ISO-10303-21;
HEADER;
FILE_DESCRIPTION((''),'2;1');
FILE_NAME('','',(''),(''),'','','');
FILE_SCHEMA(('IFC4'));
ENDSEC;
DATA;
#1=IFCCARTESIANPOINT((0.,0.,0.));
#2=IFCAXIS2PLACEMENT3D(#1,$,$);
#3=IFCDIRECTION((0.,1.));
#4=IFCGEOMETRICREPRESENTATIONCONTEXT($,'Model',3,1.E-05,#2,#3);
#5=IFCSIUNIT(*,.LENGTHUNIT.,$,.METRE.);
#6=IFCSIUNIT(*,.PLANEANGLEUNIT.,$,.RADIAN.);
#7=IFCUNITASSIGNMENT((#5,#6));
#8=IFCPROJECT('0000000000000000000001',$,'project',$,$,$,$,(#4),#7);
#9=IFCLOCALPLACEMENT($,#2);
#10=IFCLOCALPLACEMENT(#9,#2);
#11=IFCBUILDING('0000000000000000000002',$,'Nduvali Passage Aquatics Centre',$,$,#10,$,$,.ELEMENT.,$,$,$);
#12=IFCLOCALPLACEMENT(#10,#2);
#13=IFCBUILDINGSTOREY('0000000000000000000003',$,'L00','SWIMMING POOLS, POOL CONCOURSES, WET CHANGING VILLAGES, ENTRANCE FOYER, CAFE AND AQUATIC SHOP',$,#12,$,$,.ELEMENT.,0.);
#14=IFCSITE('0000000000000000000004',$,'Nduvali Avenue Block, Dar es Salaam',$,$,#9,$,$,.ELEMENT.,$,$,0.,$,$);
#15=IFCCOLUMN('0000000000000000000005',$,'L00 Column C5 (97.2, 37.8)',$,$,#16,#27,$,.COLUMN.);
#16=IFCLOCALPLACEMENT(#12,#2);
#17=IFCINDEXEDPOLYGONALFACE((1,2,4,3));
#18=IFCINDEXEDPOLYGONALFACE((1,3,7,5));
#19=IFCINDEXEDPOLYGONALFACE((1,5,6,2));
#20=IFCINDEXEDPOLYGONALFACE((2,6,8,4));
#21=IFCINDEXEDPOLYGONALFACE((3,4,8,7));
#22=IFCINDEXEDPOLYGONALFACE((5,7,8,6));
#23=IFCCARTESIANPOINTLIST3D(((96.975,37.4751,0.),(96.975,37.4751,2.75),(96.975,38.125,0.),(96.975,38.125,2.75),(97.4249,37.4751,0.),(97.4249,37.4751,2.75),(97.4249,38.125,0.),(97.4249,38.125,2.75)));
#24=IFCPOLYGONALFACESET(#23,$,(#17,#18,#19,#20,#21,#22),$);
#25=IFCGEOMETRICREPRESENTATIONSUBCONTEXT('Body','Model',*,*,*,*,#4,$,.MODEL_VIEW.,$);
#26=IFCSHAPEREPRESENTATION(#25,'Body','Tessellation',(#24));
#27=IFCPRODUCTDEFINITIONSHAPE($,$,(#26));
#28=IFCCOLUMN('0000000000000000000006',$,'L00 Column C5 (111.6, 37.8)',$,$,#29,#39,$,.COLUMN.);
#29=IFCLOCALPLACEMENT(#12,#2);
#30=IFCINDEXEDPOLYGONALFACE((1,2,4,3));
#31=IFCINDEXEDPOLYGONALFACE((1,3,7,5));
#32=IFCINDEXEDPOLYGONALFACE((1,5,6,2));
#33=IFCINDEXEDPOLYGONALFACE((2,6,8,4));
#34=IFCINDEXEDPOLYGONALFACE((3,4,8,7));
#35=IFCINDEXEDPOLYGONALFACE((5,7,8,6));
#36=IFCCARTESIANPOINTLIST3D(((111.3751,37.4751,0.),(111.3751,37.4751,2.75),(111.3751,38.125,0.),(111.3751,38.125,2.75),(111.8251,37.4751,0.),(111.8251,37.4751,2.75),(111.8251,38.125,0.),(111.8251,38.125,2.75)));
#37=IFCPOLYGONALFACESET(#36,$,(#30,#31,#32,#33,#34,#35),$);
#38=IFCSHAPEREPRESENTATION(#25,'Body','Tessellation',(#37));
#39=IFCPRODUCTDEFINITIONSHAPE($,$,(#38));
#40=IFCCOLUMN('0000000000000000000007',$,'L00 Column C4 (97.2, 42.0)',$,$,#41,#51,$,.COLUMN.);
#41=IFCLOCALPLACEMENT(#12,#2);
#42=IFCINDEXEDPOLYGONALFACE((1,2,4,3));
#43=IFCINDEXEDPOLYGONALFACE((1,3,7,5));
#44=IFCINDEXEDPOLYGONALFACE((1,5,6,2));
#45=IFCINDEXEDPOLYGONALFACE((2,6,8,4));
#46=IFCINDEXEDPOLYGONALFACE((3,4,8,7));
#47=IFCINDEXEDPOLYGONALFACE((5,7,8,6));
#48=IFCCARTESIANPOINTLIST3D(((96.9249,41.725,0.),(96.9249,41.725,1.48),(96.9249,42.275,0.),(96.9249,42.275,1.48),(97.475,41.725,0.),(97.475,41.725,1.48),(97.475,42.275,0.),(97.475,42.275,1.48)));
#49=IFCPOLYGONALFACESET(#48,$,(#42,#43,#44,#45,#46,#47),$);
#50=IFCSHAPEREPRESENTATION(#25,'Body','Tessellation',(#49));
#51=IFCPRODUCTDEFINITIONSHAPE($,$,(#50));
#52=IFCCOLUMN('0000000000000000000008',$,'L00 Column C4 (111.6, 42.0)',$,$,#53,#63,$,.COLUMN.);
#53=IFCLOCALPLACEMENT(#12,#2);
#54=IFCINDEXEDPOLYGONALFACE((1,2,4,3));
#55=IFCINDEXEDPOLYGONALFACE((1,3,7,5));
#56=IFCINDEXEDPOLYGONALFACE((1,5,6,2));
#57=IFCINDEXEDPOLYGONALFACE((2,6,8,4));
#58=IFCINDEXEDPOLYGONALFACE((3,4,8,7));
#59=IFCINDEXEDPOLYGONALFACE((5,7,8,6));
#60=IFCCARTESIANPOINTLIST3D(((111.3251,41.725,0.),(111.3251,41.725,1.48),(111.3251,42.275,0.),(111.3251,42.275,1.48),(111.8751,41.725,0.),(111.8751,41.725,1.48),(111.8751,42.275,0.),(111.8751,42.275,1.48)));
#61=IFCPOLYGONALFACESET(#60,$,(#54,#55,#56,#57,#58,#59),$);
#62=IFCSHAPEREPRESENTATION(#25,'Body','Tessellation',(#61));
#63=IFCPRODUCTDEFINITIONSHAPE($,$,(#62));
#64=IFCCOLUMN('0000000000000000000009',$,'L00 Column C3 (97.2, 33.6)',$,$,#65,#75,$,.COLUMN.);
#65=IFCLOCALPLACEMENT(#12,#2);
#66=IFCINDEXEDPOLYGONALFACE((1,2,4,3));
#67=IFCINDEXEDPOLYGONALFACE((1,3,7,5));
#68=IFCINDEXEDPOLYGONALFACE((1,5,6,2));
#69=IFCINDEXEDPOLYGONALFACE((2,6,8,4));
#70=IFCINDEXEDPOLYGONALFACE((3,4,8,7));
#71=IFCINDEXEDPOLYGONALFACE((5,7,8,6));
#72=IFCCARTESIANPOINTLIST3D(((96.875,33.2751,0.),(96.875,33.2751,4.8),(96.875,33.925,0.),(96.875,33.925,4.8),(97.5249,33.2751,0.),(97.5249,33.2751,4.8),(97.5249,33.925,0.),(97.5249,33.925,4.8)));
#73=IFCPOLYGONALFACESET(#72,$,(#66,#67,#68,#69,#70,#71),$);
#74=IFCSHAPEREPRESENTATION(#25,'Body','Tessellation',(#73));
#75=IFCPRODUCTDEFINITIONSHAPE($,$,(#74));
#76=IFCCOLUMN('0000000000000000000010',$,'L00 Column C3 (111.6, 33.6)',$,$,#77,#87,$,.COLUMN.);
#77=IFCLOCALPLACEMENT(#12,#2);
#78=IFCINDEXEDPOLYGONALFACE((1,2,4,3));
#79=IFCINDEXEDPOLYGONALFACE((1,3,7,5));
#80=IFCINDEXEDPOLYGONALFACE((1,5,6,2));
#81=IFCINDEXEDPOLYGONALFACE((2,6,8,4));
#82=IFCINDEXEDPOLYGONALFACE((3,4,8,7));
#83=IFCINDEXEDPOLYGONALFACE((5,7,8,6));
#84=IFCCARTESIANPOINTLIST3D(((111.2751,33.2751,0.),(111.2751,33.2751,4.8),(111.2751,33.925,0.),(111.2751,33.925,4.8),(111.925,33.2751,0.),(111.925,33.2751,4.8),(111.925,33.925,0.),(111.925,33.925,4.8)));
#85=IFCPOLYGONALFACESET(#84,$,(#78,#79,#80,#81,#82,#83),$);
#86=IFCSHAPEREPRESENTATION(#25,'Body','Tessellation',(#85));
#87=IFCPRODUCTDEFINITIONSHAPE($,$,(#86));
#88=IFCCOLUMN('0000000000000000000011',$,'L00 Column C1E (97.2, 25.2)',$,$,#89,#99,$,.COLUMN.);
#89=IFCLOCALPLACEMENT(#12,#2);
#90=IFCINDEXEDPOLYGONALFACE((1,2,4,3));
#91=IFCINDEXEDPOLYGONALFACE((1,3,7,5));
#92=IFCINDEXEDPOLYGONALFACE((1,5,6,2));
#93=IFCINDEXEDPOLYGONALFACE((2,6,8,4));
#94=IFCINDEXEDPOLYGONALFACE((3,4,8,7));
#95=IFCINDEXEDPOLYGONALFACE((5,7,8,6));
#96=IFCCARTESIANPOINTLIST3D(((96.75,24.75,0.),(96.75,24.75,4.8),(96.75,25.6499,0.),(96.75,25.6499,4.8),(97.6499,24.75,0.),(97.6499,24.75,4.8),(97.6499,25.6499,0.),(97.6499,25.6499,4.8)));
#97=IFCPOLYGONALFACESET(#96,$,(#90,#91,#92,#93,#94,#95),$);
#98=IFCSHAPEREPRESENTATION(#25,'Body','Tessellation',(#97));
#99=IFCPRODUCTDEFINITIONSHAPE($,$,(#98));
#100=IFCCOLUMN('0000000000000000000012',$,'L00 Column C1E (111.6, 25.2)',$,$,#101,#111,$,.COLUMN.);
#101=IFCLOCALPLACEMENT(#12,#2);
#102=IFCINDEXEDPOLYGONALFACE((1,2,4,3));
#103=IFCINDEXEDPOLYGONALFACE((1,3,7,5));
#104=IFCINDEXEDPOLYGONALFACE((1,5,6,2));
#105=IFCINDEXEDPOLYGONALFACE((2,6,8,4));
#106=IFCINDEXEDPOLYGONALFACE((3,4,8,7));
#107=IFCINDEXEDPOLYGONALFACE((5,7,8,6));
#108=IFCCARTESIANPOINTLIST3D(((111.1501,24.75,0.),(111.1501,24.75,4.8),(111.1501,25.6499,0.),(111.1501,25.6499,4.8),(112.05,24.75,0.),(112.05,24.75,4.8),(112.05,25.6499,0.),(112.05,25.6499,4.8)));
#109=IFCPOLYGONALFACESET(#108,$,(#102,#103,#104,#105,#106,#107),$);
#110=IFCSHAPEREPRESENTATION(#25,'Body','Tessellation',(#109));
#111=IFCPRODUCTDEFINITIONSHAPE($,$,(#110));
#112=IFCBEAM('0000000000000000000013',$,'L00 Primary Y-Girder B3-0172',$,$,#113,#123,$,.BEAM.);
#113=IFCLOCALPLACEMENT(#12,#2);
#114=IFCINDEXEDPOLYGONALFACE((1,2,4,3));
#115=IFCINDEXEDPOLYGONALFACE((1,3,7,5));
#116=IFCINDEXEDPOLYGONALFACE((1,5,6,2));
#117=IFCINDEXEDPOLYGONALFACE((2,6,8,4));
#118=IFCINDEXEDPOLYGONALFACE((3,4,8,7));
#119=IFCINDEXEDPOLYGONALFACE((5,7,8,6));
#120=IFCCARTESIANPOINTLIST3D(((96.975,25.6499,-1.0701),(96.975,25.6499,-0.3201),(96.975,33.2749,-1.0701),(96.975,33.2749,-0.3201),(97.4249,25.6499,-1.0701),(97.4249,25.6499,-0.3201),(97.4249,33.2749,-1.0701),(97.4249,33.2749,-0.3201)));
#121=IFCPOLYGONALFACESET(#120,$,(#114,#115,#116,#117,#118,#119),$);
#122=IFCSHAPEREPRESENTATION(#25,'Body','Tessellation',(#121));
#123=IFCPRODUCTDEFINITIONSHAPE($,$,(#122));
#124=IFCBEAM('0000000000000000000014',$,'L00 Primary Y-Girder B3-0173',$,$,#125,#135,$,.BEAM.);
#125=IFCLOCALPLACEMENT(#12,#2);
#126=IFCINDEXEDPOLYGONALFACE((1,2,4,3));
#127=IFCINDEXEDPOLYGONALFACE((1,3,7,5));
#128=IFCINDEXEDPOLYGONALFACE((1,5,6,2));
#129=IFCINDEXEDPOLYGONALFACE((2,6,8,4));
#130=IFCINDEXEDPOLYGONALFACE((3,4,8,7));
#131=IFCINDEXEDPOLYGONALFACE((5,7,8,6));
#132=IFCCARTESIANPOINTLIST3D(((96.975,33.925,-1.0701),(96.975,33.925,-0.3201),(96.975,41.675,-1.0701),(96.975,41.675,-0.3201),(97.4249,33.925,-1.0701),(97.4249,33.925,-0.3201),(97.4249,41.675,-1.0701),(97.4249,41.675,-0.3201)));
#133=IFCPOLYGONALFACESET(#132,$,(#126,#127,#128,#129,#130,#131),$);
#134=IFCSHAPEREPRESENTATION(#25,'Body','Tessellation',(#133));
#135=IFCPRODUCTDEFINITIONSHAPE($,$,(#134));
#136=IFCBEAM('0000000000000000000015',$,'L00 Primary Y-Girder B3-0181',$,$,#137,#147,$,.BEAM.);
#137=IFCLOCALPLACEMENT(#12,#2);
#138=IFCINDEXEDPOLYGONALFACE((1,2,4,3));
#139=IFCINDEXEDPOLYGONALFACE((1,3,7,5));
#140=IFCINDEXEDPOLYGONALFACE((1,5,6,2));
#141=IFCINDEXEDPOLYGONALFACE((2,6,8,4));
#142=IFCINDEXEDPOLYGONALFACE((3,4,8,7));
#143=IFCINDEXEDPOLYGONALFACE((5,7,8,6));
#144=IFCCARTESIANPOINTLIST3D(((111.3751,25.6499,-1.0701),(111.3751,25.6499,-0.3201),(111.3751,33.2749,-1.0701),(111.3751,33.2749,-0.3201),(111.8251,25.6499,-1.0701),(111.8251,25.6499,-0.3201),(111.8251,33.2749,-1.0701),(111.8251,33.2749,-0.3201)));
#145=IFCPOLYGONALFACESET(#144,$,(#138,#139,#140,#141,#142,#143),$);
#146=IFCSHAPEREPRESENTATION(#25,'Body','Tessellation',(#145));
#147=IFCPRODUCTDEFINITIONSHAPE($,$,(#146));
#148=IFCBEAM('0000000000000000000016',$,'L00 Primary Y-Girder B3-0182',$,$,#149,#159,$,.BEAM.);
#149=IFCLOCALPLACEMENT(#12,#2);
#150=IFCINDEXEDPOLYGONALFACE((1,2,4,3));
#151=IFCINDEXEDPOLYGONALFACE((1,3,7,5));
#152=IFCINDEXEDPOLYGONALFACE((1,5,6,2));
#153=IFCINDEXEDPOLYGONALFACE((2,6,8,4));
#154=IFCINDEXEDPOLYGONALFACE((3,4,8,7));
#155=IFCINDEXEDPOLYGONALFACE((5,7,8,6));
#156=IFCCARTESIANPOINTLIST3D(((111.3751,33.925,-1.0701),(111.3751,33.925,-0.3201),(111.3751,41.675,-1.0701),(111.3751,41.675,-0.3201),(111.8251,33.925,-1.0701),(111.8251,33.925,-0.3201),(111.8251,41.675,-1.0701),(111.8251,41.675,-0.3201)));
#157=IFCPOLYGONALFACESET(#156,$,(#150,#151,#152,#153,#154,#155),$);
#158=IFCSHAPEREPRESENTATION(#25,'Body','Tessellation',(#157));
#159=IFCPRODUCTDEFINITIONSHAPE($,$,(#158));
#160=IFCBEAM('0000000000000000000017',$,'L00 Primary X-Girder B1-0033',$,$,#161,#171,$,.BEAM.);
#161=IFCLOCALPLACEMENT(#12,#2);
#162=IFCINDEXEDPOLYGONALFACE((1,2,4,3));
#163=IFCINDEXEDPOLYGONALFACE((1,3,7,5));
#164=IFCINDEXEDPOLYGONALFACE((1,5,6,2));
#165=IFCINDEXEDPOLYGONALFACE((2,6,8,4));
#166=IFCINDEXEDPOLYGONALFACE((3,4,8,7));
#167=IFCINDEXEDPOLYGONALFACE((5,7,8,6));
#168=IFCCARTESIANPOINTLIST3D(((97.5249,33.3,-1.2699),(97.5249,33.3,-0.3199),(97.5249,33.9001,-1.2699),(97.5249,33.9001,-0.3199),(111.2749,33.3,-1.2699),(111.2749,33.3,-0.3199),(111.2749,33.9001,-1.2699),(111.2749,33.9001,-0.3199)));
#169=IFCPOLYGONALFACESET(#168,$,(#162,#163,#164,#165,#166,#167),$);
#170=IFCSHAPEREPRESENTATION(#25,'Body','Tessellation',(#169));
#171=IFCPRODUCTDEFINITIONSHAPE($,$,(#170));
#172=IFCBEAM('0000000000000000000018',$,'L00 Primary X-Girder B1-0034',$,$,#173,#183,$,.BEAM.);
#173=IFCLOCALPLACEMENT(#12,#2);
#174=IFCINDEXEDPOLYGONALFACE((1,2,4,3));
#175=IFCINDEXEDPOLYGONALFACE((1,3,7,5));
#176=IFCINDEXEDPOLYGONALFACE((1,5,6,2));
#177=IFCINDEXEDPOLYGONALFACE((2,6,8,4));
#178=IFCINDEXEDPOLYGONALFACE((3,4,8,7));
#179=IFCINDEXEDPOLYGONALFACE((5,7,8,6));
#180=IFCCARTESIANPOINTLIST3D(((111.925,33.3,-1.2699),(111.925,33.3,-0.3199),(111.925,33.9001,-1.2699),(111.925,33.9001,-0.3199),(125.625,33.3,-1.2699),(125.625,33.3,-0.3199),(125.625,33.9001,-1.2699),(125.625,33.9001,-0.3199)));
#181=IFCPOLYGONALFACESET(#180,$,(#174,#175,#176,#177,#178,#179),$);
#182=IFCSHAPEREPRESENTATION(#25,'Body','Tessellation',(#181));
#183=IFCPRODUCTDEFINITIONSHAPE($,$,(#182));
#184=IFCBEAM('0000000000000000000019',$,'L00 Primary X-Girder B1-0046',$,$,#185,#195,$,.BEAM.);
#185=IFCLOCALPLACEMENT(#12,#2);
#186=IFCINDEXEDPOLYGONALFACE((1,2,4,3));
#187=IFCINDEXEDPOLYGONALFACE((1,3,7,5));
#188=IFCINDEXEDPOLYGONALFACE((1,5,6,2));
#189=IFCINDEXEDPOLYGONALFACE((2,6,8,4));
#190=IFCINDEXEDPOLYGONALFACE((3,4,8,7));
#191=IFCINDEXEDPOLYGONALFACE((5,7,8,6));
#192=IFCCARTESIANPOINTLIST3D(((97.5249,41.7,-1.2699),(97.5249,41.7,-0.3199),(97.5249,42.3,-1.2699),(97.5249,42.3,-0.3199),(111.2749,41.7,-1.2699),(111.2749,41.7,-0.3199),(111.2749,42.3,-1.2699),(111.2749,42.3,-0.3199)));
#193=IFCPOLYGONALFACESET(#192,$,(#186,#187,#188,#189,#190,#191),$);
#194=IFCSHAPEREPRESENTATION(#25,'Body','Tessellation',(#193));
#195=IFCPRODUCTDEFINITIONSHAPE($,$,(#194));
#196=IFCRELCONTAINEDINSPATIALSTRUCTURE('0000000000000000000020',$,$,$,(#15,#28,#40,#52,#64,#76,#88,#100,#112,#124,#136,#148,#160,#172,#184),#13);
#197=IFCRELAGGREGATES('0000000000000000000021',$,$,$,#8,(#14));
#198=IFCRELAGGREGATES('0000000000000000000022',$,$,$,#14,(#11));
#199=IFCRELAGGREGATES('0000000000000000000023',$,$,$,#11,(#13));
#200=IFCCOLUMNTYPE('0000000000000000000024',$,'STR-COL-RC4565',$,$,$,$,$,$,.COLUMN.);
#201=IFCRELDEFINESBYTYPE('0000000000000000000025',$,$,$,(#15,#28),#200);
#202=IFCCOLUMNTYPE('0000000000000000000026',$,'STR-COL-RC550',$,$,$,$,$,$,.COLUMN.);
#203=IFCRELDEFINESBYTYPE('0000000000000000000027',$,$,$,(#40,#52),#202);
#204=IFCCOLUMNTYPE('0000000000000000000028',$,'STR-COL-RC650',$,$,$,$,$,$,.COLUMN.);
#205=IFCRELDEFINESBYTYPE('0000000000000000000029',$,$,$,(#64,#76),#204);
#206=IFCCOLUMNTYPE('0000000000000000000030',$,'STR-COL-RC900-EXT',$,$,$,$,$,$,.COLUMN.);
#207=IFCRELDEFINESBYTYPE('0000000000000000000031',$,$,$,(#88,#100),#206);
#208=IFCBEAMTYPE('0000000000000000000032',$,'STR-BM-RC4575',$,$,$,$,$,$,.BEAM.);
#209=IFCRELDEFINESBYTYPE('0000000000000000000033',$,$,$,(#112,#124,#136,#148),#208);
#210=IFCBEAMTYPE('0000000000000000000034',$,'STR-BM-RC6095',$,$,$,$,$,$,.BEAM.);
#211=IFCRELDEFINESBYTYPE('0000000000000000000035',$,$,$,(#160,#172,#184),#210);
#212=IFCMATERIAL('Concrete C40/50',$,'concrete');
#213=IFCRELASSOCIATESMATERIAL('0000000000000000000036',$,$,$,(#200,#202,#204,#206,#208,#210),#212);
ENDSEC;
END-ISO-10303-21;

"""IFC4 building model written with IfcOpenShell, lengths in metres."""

from ifc_helpers import new_model, si_unit, direction, frame, origin, origin_2d, place, context, subcontext, project, spatial, rectangle, extrude, material, material_profile, profile_set, type_object, element, save


model = new_model("IFC4")

# Units and contexts
model_context = context("Model", 3, precision=1e-05, world=origin(), true_north=direction((0.0, 1.0)))
body_context = subcontext(model_context, "Body", "Model", "MODEL_VIEW")
ifc_project = project(units=[si_unit("LENGTHUNIT", "METRE"), si_unit("PLANEANGLEUNIT", "RADIAN")], contexts=[model_context])

# Site, building, storey
site_placement = place(None, origin())
site = spatial("IfcSite", under=ifc_project, at=site_placement, Name="Nduvali Avenue Block, Dar es Salaam", CompositionType="ELEMENT", RefElevation=0.0)
building_placement = place(site_placement, origin())
building = spatial("IfcBuilding", under=site, at=building_placement, Name="Nduvali Passage Aquatics Centre", CompositionType="ELEMENT")
storey_placement = place(building_placement, origin())
storey = spatial("IfcBuildingStorey", under=building, at=storey_placement, Name="L00", Description="SWIMMING POOLS, POOL CONCOURSES, WET CHANGING VILLAGES, ENTRANCE FOYER, CAFE AND AQUATIC SHOP", CompositionType="ELEMENT", Elevation=0.0)

# Columns
ifc_material_1 = material(Name="Concrete C40/50", Category="concrete")
ifc_material_profile_1 = material_profile(ifc_material_1, rectangle(XDim=0.45, YDim=0.6499, at=origin_2d()), Name="RC 450x650")
ifc_profile_set_1 = profile_set([ifc_material_profile_1], Name="Concrete C40/50")
column_type_1 = type_object("IfcColumnType", Name="STR-COL-RC4565", PredefinedType="COLUMN", material=ifc_profile_set_1)
for number, where, z_axis, x_axis, name in (
    (1, (97.2, 37.8, 0.0), (0.0, 0.0, 1.0), (1.0, 0.0, 0.0), "L00 Column C5 (97.2, 37.8)"),
    (2, (111.6001, 37.8, 0.0), (0.0, 0.0, 1.0), (1.0, 0.0, 0.0), "L00 Column C5 (111.6, 37.8)"),
):
    element("IfcColumn", number, at=place(storey_placement, frame(where, z_axis=z_axis, x_axis=x_axis)), inside=storey, type_object=column_type_1, Name=name, PredefinedType="COLUMN", context=body_context, shape_type="SweptSolid", body=[
        extrude(rectangle(XDim=0.45, YDim=0.6499, at=origin_2d()), origin(), (0.0, 0.0, 1.0), 2.75),
    ])
ifc_material_profile_2 = material_profile(ifc_material_1, rectangle(XDim=0.55, YDim=0.55, at=origin_2d()), Name="RC 550x550")
ifc_profile_set_2 = profile_set([ifc_material_profile_2], Name="Concrete C40/50")
column_type_2 = type_object("IfcColumnType", Name="STR-COL-RC550", PredefinedType="COLUMN", material=ifc_profile_set_2)
for number, where, z_axis, x_axis, name in (
    (3, (97.2, 42.0, 0.0), (0.0, 0.0, 1.0), (1.0, 0.0, 0.0), "L00 Column C4 (97.2, 42.0)"),
    (4, (111.6001, 42.0, 0.0), (0.0, 0.0, 1.0), (1.0, 0.0, 0.0), "L00 Column C4 (111.6, 42.0)"),
):
    element("IfcColumn", number, at=place(storey_placement, frame(where, z_axis=z_axis, x_axis=x_axis)), inside=storey, type_object=column_type_2, Name=name, PredefinedType="COLUMN", context=body_context, shape_type="SweptSolid", body=[
        extrude(rectangle(XDim=0.55, YDim=0.55, at=origin_2d()), origin(), (0.0, 0.0, 1.0), 1.48),
    ])
ifc_material_profile_3 = material_profile(ifc_material_1, rectangle(XDim=0.6499, YDim=0.6499, at=origin_2d()), Name="RC 650x650")
ifc_profile_set_3 = profile_set([ifc_material_profile_3], Name="Concrete C40/50")
column_type_3 = type_object("IfcColumnType", Name="STR-COL-RC650", PredefinedType="COLUMN", material=ifc_profile_set_3)
for number, where, z_axis, x_axis, name in (
    (5, (97.2, 33.6001, 0.0), (0.0, 0.0, 1.0), (1.0, 0.0, 0.0), "L00 Column C3 (97.2, 33.6)"),
    (6, (111.6001, 33.6001, 0.0), (0.0, 0.0, 1.0), (1.0, 0.0, 0.0), "L00 Column C3 (111.6, 33.6)"),
):
    element("IfcColumn", number, at=place(storey_placement, frame(where, z_axis=z_axis, x_axis=x_axis)), inside=storey, type_object=column_type_3, Name=name, PredefinedType="COLUMN", context=body_context, shape_type="SweptSolid", body=[
        extrude(rectangle(XDim=0.6499, YDim=0.6499, at=origin_2d()), origin(), (0.0, 0.0, 1.0), 4.8),
    ])
ifc_material_profile_4 = material_profile(ifc_material_1, rectangle(XDim=0.8999, YDim=0.8999, at=origin_2d()), Name="RC 900x900")
ifc_profile_set_4 = profile_set([ifc_material_profile_4], Name="Concrete C40/50")
column_type_4 = type_object("IfcColumnType", Name="STR-COL-RC900-EXT", PredefinedType="COLUMN", material=ifc_profile_set_4)
for number, where, z_axis, x_axis, name in (
    (7, (97.2, 25.2, 0.0), (0.0, 0.0, 1.0), (1.0, 0.0, 0.0), "L00 Column C1E (97.2, 25.2)"),
    (8, (111.6001, 25.2, 0.0), (0.0, 0.0, 1.0), (1.0, 0.0, 0.0), "L00 Column C1E (111.6, 25.2)"),
):
    element("IfcColumn", number, at=place(storey_placement, frame(where, z_axis=z_axis, x_axis=x_axis)), inside=storey, type_object=column_type_4, Name=name, PredefinedType="COLUMN", context=body_context, shape_type="SweptSolid", body=[
        extrude(rectangle(XDim=0.8999, YDim=0.8999, at=origin_2d()), origin(), (0.0, 0.0, 1.0), 4.8),
    ])

# Beams
ifc_material_profile_5 = material_profile(ifc_material_1, rectangle(XDim=0.45, YDim=0.75, at=origin_2d()), Name="RC 450x750")
ifc_profile_set_5 = profile_set([ifc_material_profile_5], Name="Concrete C40/50")
beam_type_1 = type_object("IfcBeamType", Name="STR-BM-RC4575", PredefinedType="BEAM", material=ifc_profile_set_5)
beam_1_placement = place(storey_placement, frame((97.2, 25.6499, -0.6951), z_axis=(0.0, 1.0, 0.0), x_axis=(-1.0, 0.0, 0.0)))
element("IfcBeam", 9, at=beam_1_placement, inside=storey, type_object=beam_type_1, Name="L00 Primary Y-Girder B3-0172", PredefinedType="BEAM", context=body_context, shape_type="SweptSolid", body=[
    extrude(rectangle(XDim=0.45, YDim=0.75, at=origin_2d()), origin(), (0.0, 0.0, 1.0), 7.625),
])
beam_2_placement = place(storey_placement, frame((97.2, 33.925, -0.6951), z_axis=(0.0, 1.0, 0.0), x_axis=(-1.0, 0.0, 0.0)))
element("IfcBeam", 10, at=beam_2_placement, inside=storey, type_object=beam_type_1, Name="L00 Primary Y-Girder B3-0173", PredefinedType="BEAM", context=body_context, shape_type="SweptSolid", body=[
    extrude(rectangle(XDim=0.45, YDim=0.75, at=origin_2d()), origin(), (0.0, 0.0, 1.0), 7.75),
])
beam_3_placement = place(storey_placement, frame((111.6001, 25.6499, -0.6951), z_axis=(0.0, 1.0, 0.0), x_axis=(-1.0, 0.0, 0.0)))
element("IfcBeam", 11, at=beam_3_placement, inside=storey, type_object=beam_type_1, Name="L00 Primary Y-Girder B3-0181", PredefinedType="BEAM", context=body_context, shape_type="SweptSolid", body=[
    extrude(rectangle(XDim=0.45, YDim=0.75, at=origin_2d()), origin(), (0.0, 0.0, 1.0), 7.625),
])
beam_4_placement = place(storey_placement, frame((111.6001, 33.925, -0.6951), z_axis=(0.0, 1.0, 0.0), x_axis=(-1.0, 0.0, 0.0)))
element("IfcBeam", 12, at=beam_4_placement, inside=storey, type_object=beam_type_1, Name="L00 Primary Y-Girder B3-0182", PredefinedType="BEAM", context=body_context, shape_type="SweptSolid", body=[
    extrude(rectangle(XDim=0.45, YDim=0.75, at=origin_2d()), origin(), (0.0, 0.0, 1.0), 7.75),
])
ifc_material_profile_6 = material_profile(ifc_material_1, rectangle(XDim=0.6001, YDim=0.95, at=origin_2d()), Name="RC 600x950")
ifc_profile_set_6 = profile_set([ifc_material_profile_6], Name="Concrete C40/50")
beam_type_2 = type_object("IfcBeamType", Name="STR-BM-RC6095", PredefinedType="BEAM", material=ifc_profile_set_6)
beam_5_placement = place(storey_placement, frame((97.5249, 33.6001, -0.7949), z_axis=(1.0, 0.0, 0.0), x_axis=(0.0, 1.0, 0.0)))
element("IfcBeam", 13, at=beam_5_placement, inside=storey, type_object=beam_type_2, Name="L00 Primary X-Girder B1-0033", PredefinedType="BEAM", context=body_context, shape_type="SweptSolid", body=[
    extrude(rectangle(XDim=0.6001, YDim=0.95, at=origin_2d()), origin(), (0.0, 0.0, 1.0), 13.75),
])
beam_6_placement = place(storey_placement, frame((111.925, 33.6001, -0.7949), z_axis=(1.0, 0.0, 0.0), x_axis=(0.0, 1.0, 0.0)))
element("IfcBeam", 14, at=beam_6_placement, inside=storey, type_object=beam_type_2, Name="L00 Primary X-Girder B1-0034", PredefinedType="BEAM", context=body_context, shape_type="SweptSolid", body=[
    extrude(rectangle(XDim=0.6001, YDim=0.95, at=origin_2d()), origin(), (0.0, 0.0, 1.0), 13.7),
])
beam_7_placement = place(storey_placement, frame((97.5249, 42.0, -0.7949), z_axis=(1.0, 0.0, 0.0), x_axis=(0.0, 1.0, 0.0)))
element("IfcBeam", 15, at=beam_7_placement, inside=storey, type_object=beam_type_2, Name="L00 Primary X-Girder B1-0046", PredefinedType="BEAM", context=body_context, shape_type="SweptSolid", body=[
    extrude(rectangle(XDim=0.6001, YDim=0.95, at=origin_2d()), origin(), (0.0, 0.0, 1.0), 13.75),
])

save(model, "model.ifc")
